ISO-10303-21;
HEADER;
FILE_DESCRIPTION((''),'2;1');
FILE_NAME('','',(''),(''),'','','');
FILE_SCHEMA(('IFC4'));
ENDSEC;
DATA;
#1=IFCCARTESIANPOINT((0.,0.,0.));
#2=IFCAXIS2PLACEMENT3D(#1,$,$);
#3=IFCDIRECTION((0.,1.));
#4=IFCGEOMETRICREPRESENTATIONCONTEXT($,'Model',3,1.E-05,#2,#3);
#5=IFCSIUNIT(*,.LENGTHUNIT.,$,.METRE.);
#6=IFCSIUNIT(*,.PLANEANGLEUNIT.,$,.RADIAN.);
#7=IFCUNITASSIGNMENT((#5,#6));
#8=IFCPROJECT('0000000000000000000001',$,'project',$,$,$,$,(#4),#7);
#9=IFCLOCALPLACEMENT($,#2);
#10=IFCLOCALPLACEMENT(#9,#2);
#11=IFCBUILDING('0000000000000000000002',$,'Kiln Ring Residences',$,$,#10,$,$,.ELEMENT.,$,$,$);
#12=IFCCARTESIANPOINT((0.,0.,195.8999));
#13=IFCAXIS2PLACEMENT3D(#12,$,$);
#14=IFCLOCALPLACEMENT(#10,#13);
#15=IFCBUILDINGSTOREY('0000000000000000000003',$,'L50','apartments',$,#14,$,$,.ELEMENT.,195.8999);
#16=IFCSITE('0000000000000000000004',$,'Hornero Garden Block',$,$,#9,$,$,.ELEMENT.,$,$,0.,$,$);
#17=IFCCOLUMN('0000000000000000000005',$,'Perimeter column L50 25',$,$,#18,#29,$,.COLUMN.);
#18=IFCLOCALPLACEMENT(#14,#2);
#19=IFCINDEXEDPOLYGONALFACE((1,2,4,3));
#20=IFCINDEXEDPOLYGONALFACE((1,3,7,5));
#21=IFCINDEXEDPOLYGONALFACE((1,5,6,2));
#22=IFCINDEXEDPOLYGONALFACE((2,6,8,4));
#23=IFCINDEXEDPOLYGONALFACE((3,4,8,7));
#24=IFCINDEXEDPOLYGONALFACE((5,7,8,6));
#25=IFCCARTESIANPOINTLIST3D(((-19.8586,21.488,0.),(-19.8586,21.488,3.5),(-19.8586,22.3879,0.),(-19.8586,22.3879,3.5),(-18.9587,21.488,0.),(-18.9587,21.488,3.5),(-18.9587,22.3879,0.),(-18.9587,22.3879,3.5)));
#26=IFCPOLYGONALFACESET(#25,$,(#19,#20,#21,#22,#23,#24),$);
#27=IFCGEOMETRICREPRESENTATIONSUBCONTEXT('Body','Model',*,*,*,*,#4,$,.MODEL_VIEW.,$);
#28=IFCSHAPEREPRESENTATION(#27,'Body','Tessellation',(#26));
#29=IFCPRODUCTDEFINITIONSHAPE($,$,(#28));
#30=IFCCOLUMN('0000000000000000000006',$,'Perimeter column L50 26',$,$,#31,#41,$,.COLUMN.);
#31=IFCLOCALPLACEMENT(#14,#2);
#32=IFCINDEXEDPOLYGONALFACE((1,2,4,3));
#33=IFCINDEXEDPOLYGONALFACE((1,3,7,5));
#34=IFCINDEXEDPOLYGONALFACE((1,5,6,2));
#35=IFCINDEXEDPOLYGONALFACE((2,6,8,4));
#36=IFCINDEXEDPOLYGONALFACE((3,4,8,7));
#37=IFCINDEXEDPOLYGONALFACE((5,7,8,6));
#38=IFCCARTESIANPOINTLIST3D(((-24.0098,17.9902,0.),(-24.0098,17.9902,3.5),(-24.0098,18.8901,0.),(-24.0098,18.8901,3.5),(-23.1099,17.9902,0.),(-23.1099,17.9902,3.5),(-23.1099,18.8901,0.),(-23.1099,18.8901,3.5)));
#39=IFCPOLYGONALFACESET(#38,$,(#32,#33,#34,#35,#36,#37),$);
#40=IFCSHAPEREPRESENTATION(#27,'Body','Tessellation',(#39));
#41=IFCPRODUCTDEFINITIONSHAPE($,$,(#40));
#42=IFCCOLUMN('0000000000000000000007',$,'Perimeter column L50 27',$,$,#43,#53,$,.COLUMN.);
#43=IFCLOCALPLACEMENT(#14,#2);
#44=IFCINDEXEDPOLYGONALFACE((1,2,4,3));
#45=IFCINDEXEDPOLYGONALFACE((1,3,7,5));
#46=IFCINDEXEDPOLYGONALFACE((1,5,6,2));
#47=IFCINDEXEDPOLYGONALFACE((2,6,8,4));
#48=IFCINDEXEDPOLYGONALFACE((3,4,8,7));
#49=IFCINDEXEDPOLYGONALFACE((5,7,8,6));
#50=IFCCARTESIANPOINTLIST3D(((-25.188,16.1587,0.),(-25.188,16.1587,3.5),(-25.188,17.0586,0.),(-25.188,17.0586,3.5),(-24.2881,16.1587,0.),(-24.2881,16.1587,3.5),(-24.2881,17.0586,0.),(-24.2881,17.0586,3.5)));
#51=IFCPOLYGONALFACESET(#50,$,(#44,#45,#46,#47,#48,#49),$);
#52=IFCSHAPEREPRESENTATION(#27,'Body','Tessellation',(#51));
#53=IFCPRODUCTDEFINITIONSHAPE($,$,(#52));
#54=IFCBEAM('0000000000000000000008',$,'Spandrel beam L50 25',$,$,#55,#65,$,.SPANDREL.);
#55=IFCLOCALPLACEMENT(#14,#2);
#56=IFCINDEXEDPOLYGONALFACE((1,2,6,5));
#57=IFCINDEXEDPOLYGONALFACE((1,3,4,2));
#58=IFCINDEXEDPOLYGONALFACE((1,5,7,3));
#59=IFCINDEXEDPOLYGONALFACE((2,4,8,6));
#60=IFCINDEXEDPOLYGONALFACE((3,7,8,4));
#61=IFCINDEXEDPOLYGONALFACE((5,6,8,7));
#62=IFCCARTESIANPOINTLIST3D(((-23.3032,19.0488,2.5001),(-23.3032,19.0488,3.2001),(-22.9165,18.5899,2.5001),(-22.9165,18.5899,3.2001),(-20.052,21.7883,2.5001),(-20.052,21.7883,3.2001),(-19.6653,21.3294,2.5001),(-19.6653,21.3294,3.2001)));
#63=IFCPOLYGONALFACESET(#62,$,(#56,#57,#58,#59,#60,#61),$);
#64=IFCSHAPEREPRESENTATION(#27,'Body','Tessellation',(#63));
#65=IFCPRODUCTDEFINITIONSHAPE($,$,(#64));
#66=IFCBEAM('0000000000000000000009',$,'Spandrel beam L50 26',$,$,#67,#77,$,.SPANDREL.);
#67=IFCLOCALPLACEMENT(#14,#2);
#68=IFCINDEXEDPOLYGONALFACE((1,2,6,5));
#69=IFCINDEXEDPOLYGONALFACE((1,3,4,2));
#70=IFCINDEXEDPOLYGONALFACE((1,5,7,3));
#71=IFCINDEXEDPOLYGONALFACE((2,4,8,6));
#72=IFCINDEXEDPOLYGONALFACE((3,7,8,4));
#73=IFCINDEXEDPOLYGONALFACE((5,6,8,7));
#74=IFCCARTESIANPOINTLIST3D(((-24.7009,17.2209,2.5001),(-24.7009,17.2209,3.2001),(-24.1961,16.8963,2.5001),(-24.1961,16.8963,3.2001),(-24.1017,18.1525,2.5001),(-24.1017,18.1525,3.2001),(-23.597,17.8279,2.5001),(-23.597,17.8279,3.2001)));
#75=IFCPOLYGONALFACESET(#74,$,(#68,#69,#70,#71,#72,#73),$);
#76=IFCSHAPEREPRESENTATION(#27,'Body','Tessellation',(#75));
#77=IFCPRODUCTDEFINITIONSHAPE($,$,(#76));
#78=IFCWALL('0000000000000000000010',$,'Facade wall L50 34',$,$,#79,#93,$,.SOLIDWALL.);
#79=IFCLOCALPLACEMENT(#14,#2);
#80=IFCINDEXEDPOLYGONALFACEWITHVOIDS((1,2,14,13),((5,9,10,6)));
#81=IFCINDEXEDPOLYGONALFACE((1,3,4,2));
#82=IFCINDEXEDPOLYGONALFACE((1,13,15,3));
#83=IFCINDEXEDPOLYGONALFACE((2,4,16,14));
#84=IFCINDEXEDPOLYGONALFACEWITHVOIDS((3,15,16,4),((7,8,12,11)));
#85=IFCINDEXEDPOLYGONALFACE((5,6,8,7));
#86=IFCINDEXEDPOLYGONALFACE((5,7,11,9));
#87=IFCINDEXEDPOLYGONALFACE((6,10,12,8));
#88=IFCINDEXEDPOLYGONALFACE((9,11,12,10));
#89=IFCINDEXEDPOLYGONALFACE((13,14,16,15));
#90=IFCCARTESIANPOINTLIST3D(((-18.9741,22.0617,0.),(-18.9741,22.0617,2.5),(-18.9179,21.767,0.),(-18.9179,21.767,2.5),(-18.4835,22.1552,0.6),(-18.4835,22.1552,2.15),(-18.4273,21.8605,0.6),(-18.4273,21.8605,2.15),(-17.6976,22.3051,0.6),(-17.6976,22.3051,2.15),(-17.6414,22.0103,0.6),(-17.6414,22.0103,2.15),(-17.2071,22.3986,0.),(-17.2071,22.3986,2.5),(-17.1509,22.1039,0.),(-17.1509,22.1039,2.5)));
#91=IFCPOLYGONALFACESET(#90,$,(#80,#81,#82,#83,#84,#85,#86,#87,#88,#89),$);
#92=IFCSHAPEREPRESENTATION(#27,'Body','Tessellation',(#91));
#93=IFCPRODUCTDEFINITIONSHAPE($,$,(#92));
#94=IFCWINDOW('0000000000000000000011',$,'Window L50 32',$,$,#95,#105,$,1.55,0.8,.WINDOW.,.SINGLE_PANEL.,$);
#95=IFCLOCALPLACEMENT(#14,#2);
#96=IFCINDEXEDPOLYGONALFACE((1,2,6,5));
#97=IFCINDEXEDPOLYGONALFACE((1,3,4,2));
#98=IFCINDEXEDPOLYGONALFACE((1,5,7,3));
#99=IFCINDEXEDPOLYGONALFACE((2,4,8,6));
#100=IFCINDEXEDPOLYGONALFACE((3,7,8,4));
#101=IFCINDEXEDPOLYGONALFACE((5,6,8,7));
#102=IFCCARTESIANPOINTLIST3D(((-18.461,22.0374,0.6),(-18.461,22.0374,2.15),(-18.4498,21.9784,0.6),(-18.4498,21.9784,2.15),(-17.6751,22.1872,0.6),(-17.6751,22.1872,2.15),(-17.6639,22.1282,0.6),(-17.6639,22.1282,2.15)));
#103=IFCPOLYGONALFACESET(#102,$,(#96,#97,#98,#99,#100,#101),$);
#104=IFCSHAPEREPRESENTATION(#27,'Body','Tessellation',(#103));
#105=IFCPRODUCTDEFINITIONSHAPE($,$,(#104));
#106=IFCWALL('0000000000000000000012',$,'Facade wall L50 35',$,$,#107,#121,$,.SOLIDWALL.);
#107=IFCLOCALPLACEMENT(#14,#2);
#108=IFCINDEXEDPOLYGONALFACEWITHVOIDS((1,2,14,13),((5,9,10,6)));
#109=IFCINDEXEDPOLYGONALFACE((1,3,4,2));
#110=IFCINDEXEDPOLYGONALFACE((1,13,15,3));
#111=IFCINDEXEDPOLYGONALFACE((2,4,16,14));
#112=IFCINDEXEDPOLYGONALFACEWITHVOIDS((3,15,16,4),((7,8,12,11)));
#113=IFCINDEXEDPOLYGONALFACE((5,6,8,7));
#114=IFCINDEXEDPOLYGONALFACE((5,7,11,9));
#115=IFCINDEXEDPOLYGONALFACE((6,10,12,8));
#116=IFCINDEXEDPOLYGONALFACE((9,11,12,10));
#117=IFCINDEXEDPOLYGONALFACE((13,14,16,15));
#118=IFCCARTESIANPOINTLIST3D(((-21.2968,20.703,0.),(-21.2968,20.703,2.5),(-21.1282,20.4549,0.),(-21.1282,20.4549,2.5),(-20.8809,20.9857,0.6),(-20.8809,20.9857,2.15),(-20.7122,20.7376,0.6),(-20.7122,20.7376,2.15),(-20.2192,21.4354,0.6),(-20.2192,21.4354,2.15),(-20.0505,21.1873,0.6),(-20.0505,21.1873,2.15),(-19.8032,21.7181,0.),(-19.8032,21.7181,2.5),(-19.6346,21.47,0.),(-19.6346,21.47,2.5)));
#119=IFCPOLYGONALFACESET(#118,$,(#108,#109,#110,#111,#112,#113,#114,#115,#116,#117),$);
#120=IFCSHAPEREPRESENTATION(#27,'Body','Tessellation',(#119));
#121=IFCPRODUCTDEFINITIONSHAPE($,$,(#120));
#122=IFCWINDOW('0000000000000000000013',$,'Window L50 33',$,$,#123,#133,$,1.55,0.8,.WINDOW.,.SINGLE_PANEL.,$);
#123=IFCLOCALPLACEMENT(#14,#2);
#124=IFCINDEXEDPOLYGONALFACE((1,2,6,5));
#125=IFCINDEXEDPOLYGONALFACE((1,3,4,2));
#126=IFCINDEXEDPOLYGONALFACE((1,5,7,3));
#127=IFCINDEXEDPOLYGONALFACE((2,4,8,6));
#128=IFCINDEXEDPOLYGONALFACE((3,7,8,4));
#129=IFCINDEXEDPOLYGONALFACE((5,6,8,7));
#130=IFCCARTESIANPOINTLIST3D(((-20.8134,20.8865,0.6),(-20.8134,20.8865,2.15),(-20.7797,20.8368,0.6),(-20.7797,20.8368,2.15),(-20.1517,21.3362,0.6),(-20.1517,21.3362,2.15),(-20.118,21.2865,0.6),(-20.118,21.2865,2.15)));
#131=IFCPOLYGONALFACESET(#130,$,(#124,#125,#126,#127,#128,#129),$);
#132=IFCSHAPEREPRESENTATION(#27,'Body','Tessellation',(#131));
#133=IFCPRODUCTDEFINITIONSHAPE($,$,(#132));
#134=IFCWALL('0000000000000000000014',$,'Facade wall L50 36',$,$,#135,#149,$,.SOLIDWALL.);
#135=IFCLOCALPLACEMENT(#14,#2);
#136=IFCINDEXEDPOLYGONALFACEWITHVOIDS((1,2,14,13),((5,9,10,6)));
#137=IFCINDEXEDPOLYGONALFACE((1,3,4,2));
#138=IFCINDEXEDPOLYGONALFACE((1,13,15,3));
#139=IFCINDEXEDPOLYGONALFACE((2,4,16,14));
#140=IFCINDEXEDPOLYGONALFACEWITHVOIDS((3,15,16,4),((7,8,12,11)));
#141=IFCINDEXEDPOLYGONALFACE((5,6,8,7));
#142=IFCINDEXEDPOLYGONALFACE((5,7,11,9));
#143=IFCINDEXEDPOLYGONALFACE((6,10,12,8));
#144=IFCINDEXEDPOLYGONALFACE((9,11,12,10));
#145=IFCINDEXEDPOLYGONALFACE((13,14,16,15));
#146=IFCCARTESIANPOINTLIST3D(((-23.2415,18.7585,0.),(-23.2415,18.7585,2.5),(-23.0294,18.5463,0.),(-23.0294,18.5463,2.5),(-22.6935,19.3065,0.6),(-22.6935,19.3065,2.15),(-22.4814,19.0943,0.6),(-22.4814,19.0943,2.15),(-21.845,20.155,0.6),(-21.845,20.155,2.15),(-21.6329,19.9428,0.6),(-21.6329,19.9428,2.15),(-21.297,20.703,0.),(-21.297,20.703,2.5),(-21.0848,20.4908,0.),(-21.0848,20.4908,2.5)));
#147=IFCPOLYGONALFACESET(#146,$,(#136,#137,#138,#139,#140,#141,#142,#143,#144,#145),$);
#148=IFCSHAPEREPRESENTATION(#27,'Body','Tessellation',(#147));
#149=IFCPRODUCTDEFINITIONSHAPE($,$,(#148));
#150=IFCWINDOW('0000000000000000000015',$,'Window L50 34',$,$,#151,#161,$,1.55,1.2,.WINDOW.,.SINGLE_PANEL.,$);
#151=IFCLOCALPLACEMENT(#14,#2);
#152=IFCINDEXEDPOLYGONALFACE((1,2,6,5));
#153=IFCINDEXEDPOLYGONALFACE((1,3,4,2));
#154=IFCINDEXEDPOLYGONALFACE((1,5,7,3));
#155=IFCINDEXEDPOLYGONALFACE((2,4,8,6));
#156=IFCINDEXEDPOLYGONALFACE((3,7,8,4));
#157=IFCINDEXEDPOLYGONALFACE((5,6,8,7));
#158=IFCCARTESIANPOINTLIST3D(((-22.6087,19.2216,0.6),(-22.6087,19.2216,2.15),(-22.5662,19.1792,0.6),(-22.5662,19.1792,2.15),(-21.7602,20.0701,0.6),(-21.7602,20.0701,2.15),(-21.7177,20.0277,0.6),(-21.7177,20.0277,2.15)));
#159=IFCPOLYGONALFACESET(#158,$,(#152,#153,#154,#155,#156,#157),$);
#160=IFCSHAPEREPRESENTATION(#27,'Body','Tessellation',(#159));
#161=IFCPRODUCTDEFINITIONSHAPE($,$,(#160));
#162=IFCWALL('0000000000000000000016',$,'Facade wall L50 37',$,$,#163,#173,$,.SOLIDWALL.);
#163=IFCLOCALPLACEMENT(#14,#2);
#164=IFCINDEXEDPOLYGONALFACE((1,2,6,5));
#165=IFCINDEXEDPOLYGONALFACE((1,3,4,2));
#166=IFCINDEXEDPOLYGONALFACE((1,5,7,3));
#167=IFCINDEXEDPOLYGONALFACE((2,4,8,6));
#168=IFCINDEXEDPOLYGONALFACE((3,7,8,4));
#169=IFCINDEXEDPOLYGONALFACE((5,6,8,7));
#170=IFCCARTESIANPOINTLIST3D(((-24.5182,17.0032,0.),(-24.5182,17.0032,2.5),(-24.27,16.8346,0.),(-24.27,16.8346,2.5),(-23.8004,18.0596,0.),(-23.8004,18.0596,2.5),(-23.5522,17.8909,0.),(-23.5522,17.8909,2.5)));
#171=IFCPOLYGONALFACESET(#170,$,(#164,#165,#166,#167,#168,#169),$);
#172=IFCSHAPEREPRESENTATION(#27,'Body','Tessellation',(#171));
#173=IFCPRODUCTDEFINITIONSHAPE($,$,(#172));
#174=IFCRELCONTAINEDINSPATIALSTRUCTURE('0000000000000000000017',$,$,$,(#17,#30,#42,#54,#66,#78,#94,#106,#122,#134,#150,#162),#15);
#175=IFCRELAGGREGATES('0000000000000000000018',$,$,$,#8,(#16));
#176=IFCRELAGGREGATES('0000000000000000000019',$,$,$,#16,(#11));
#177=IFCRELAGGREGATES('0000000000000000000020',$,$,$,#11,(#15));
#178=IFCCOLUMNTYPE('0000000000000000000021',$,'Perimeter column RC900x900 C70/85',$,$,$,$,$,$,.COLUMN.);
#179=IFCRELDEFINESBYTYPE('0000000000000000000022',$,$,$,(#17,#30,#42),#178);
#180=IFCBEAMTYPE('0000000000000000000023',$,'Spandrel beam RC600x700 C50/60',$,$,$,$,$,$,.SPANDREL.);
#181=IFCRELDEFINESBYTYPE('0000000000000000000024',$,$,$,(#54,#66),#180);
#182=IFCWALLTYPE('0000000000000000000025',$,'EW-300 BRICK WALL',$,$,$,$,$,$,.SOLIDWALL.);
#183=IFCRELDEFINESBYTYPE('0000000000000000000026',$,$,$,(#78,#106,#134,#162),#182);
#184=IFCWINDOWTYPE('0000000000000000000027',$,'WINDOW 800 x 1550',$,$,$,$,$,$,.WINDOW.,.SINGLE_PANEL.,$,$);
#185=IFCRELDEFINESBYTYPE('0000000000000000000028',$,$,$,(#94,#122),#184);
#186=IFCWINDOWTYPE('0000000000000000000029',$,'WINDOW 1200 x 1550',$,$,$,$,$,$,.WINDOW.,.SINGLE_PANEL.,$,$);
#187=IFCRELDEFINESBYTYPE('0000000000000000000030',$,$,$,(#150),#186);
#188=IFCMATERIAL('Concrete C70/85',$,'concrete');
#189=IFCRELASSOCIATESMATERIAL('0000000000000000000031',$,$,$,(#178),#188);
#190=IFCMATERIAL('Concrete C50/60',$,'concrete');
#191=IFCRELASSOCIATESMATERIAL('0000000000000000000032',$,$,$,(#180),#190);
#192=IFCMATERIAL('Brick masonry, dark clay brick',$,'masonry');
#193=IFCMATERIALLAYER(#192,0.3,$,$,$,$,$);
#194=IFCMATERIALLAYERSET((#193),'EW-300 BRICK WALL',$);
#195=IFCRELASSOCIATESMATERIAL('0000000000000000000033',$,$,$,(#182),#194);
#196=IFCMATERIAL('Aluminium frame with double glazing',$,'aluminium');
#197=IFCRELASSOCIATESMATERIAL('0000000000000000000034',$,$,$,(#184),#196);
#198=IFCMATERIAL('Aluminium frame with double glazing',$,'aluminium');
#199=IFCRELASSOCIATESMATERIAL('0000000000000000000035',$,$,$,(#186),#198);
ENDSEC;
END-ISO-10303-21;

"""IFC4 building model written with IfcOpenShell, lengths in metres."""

from ifc_helpers import new_model, si_unit, direction, frame, frame_2d, origin, origin_2d, place, context, subcontext, project, spatial, rectangle, extrude, material, layer, layer_set, material_profile, profile_set, type_object, element, fill, save


model = new_model("IFC4")

# Units and contexts
model_context = context("Model", 3, precision=1e-05, world=origin(), true_north=direction((0.0, 1.0)))
body_context = subcontext(model_context, "Body", "Model", "MODEL_VIEW")
ifc_project = project(units=[si_unit("LENGTHUNIT", "METRE"), si_unit("PLANEANGLEUNIT", "RADIAN")], contexts=[model_context])

# Site, building, storey
site_placement = place(None, origin())
site = spatial("IfcSite", under=ifc_project, at=site_placement, Name="Hornero Garden Block", CompositionType="ELEMENT", RefElevation=0.0)
building_placement = place(site_placement, origin())
building = spatial("IfcBuilding", under=site, at=building_placement, Name="Kiln Ring Residences", CompositionType="ELEMENT")
storey_placement = place(building_placement, frame((0.0, 0.0, 195.8999)))
storey = spatial("IfcBuildingStorey", under=building, at=storey_placement, Name="L50", Description="apartments", CompositionType="ELEMENT", Elevation=195.8999)

# Columns
ifc_material_1 = material(Name="Concrete C70/85", Category="concrete")
ifc_material_profile_1 = material_profile(ifc_material_1, rectangle(XDim=0.8999, YDim=0.8999, at=origin_2d()), Name="RC900x900")
ifc_profile_set_1 = profile_set([ifc_material_profile_1], Name="Concrete C70/85")
column_type = type_object("IfcColumnType", Name="Perimeter column RC900x900 C70/85", PredefinedType="COLUMN", material=ifc_profile_set_1)
for number, where, z_axis, x_axis, name in (
    (1, (-19.4087, 21.938, 0.0), (0.0, 0.0, 1.0), (1.0, 0.0, 0.0), "Perimeter column L50 25"),
    (2, (-23.5598, 18.4402, 0.0), (0.0, 0.0, 1.0), (1.0, 0.0, 0.0), "Perimeter column L50 26"),
    (3, (-24.738, 16.6086, 0.0), (0.0, 0.0, 1.0), (1.0, 0.0, 0.0), "Perimeter column L50 27"),
):
    element("IfcColumn", number, at=place(storey_placement, frame(where, z_axis=z_axis, x_axis=x_axis)), inside=storey, type_object=column_type, Name=name, PredefinedType="COLUMN", context=body_context, shape_type="SweptSolid", body=[
        extrude(rectangle(XDim=0.8999, YDim=0.8999, at=origin_2d()), origin(), (0.0, 0.0, 1.0), 3.5),
    ])

# Beams
ifc_material_2 = material(Name="Concrete C50/60", Category="concrete")
ifc_material_profile_2 = material_profile(ifc_material_2, rectangle(XDim=0.6001, YDim=0.7, at=origin_2d()), Name="RC600x700")
ifc_profile_set_2 = profile_set([ifc_material_profile_2], Name="Concrete C50/60")
beam_type = type_object("IfcBeamType", Name="Spandrel beam RC600x700 C50/60", PredefinedType="SPANDREL", material=ifc_profile_set_2)
beam_1_placement = place(storey_placement, frame((-19.8586, 21.5588, 2.8501), z_axis=(-0.764722, -0.64436, 0.0), x_axis=(0.64436, -0.764722, 0.0)))
element("IfcBeam", 4, at=beam_1_placement, inside=storey, type_object=beam_type, Name="Spandrel beam L50 25", PredefinedType="SPANDREL", context=body_context, shape_type="SweptSolid", body=[
    extrude(rectangle(XDim=0.6001, YDim=0.7, at=origin_2d()), origin(), (0.0, 0.0, 1.0), 4.2515),
])
beam_2_placement = place(storey_placement, frame((-23.8494, 17.9902, 2.8501), z_axis=(-0.540891, -0.841093, 0.0), x_axis=(0.841093, -0.540891, 0.0)))
element("IfcBeam", 5, at=beam_2_placement, inside=storey, type_object=beam_type, Name="Spandrel beam L50 26", PredefinedType="SPANDREL", context=body_context, shape_type="SweptSolid", body=[
    extrude(rectangle(XDim=0.6001, YDim=0.7, at=origin_2d()), origin(), (0.0, 0.0, 1.0), 1.1077),
])

# Walls, openings, windows
ifc_material_3 = material(Name="Brick masonry, dark clay brick", Category="masonry")
ifc_layer_1 = layer(ifc_material_3, 0.3)
ifc_layer_set_1 = layer_set([ifc_layer_1], Name="EW-300 BRICK WALL")
wall_type_1 = type_object("IfcWallType", Name="EW-300 BRICK WALL", PredefinedType="SOLIDWALL", material=ifc_layer_set_1)
wall_1_placement = place(storey_placement, frame((-17.179, 22.2512, 0.0), z_axis=(0.0, 0.0, 1.0), x_axis=(-0.982305, -0.187287, 0.0)))
wall_1 = element("IfcWall", 6, at=wall_1_placement, inside=storey, type_object=wall_type_1, Name="Facade wall L50 34", PredefinedType="SOLIDWALL", context=body_context, shape_type="SweptSolid", body=[
    extrude(rectangle(XDim=1.7988, YDim=0.3, at=frame_2d((0.8994, 0.0))), origin(), (0.0, 0.0, 1.0), 2.5),
])
opening_1_placement = place(wall_1_placement, frame((0.4995, 0.0, 0.6001)))
opening_1 = element("IfcOpeningElement", 7, at=opening_1_placement, cuts=wall_1, PredefinedType="OPENING", context=body_context, shape_type="SweptSolid", body=[
    extrude(rectangle(XDim=0.8, YDim=1.55, at=frame_2d((0.3999, 0.7749))), frame((0.0, 0.1599, 0.0), z_axis=(0.0, -1.0, 0.0), x_axis=(1.0, 0.0, 0.0)), (0.0, 0.0, 1.0), 0.3201),
])
ifc_material_4 = material(Name="Aluminium frame with double glazing", Category="aluminium")
window_type_1 = type_object("IfcWindowType", Name="WINDOW 800 x 1550", PartitioningType="SINGLE_PANEL", PredefinedType="WINDOW", material=ifc_material_4)
window_1_placement = place(opening_1_placement, origin())
window_1 = element("IfcWindow", 8, at=window_1_placement, inside=storey, type_object=window_type_1, Name="Window L50 32", OverallHeight=1.55, OverallWidth=0.8, PartitioningType="SINGLE_PANEL", PredefinedType="WINDOW", context=body_context, shape_type="SweptSolid", body=[
    extrude(rectangle(XDim=0.8, YDim=1.55, at=frame_2d((0.3999, 0.7749))), frame((0.0, 0.03, 0.0), z_axis=(0.0, -1.0, 0.0), x_axis=(1.0, 0.0, 0.0)), (0.0, 0.0, 1.0), 0.0601),
])
fill(opening_1, window_1)
wall_2_placement = place(storey_placement, frame((-19.719, 21.594, 0.0), z_axis=(0.0, 0.0, 1.0), x_axis=(-0.827067, -0.562103, 0.0)))
wall_2 = element("IfcWall", 9, at=wall_2_placement, inside=storey, type_object=wall_type_1, Name="Facade wall L50 35", PredefinedType="SOLIDWALL", context=body_context, shape_type="SweptSolid", body=[
    extrude(rectangle(XDim=1.8059, YDim=0.3, at=frame_2d((0.9028, 0.0))), origin(), (0.0, 0.0, 1.0), 2.5),
])
opening_2_placement = place(wall_2_placement, frame((0.5029, 0.0, 0.6001)))
opening_2 = element("IfcOpeningElement", 10, at=opening_2_placement, cuts=wall_2, PredefinedType="OPENING", context=body_context, shape_type="SweptSolid", body=[
    extrude(rectangle(XDim=0.8, YDim=1.55, at=frame_2d((0.3999, 0.7749))), frame((0.0, 0.1599, 0.0), z_axis=(0.0, -1.0, 0.0), x_axis=(1.0, 0.0, 0.0)), (0.0, 0.0, 1.0), 0.3201),
])
window_2_placement = place(opening_2_placement, origin())
window_2 = element("IfcWindow", 11, at=window_2_placement, inside=storey, type_object=window_type_1, Name="Window L50 33", OverallHeight=1.55, OverallWidth=0.8, PartitioningType="SINGLE_PANEL", PredefinedType="WINDOW", context=body_context, shape_type="SweptSolid", body=[
    extrude(rectangle(XDim=0.8, YDim=1.55, at=frame_2d((0.3999, 0.7749))), frame((0.0, 0.03, 0.0), z_axis=(0.0, -1.0, 0.0), x_axis=(1.0, 0.0, 0.0)), (0.0, 0.0, 1.0), 0.0601),
])
fill(opening_2, window_2)
wall_3_placement = place(storey_placement, frame((-21.1909, 20.5969, 0.0), z_axis=(0.0, 0.0, 1.0), x_axis=(-0.707107, -0.707107, 0.0)))
wall_3 = element("IfcWall", 12, at=wall_3_placement, inside=storey, type_object=wall_type_1, Name="Facade wall L50 36", PredefinedType="SOLIDWALL", context=body_context, shape_type="SweptSolid", body=[
    extrude(rectangle(XDim=2.75, YDim=0.3, at=frame_2d((1.375, 0.0))), origin(), (0.0, 0.0, 1.0), 2.5),
])
opening_3_placement = place(wall_3_placement, frame((0.7749, 0.0, 0.6001)))
opening_3 = element("IfcOpeningElement", 13, at=opening_3_placement, cuts=wall_3, PredefinedType="OPENING", context=body_context, shape_type="SweptSolid", body=[
    extrude(rectangle(XDim=1.2, YDim=1.55, at=frame_2d((0.6001, 0.7749))), frame((0.0, 0.1599, 0.0), z_axis=(0.0, -1.0, 0.0), x_axis=(1.0, 0.0, 0.0)), (0.0, 0.0, 1.0), 0.3201),
])
ifc_material_5 = material(Name="Aluminium frame with double glazing", Category="aluminium")
window_type_2 = type_object("IfcWindowType", Name="WINDOW 1200 x 1550", PartitioningType="SINGLE_PANEL", PredefinedType="WINDOW", material=ifc_material_5)
window_3_placement = place(opening_3_placement, origin())
window_3 = element("IfcWindow", 14, at=window_3_placement, inside=storey, type_object=window_type_2, Name="Window L50 34", OverallHeight=1.55, OverallWidth=1.2, PartitioningType="SINGLE_PANEL", PredefinedType="WINDOW", context=body_context, shape_type="SweptSolid", body=[
    extrude(rectangle(XDim=1.2, YDim=1.55, at=frame_2d((0.6001, 0.7749))), frame((0.0, 0.03, 0.0), z_axis=(0.0, -1.0, 0.0), x_axis=(1.0, 0.0, 0.0)), (0.0, 0.0, 1.0), 0.0601),
])
fill(opening_3, window_3)

# Wall
wall_4_placement = place(storey_placement, frame((-23.6763, 17.9753, 0.0), z_axis=(0.0, 0.0, 1.0), x_axis=(-0.562001, -0.827136, 0.0)))
element("IfcWall", 15, at=wall_4_placement, inside=storey, type_object=wall_type_1, Name="Facade wall L50 37", PredefinedType="SOLIDWALL", context=body_context, shape_type="SweptSolid", body=[
    extrude(rectangle(XDim=1.2771, YDim=0.3, at=frame_2d((0.6387, 0.0))), origin(), (0.0, 0.0, 1.0), 2.5),
])

save(model, "model.ifc")
